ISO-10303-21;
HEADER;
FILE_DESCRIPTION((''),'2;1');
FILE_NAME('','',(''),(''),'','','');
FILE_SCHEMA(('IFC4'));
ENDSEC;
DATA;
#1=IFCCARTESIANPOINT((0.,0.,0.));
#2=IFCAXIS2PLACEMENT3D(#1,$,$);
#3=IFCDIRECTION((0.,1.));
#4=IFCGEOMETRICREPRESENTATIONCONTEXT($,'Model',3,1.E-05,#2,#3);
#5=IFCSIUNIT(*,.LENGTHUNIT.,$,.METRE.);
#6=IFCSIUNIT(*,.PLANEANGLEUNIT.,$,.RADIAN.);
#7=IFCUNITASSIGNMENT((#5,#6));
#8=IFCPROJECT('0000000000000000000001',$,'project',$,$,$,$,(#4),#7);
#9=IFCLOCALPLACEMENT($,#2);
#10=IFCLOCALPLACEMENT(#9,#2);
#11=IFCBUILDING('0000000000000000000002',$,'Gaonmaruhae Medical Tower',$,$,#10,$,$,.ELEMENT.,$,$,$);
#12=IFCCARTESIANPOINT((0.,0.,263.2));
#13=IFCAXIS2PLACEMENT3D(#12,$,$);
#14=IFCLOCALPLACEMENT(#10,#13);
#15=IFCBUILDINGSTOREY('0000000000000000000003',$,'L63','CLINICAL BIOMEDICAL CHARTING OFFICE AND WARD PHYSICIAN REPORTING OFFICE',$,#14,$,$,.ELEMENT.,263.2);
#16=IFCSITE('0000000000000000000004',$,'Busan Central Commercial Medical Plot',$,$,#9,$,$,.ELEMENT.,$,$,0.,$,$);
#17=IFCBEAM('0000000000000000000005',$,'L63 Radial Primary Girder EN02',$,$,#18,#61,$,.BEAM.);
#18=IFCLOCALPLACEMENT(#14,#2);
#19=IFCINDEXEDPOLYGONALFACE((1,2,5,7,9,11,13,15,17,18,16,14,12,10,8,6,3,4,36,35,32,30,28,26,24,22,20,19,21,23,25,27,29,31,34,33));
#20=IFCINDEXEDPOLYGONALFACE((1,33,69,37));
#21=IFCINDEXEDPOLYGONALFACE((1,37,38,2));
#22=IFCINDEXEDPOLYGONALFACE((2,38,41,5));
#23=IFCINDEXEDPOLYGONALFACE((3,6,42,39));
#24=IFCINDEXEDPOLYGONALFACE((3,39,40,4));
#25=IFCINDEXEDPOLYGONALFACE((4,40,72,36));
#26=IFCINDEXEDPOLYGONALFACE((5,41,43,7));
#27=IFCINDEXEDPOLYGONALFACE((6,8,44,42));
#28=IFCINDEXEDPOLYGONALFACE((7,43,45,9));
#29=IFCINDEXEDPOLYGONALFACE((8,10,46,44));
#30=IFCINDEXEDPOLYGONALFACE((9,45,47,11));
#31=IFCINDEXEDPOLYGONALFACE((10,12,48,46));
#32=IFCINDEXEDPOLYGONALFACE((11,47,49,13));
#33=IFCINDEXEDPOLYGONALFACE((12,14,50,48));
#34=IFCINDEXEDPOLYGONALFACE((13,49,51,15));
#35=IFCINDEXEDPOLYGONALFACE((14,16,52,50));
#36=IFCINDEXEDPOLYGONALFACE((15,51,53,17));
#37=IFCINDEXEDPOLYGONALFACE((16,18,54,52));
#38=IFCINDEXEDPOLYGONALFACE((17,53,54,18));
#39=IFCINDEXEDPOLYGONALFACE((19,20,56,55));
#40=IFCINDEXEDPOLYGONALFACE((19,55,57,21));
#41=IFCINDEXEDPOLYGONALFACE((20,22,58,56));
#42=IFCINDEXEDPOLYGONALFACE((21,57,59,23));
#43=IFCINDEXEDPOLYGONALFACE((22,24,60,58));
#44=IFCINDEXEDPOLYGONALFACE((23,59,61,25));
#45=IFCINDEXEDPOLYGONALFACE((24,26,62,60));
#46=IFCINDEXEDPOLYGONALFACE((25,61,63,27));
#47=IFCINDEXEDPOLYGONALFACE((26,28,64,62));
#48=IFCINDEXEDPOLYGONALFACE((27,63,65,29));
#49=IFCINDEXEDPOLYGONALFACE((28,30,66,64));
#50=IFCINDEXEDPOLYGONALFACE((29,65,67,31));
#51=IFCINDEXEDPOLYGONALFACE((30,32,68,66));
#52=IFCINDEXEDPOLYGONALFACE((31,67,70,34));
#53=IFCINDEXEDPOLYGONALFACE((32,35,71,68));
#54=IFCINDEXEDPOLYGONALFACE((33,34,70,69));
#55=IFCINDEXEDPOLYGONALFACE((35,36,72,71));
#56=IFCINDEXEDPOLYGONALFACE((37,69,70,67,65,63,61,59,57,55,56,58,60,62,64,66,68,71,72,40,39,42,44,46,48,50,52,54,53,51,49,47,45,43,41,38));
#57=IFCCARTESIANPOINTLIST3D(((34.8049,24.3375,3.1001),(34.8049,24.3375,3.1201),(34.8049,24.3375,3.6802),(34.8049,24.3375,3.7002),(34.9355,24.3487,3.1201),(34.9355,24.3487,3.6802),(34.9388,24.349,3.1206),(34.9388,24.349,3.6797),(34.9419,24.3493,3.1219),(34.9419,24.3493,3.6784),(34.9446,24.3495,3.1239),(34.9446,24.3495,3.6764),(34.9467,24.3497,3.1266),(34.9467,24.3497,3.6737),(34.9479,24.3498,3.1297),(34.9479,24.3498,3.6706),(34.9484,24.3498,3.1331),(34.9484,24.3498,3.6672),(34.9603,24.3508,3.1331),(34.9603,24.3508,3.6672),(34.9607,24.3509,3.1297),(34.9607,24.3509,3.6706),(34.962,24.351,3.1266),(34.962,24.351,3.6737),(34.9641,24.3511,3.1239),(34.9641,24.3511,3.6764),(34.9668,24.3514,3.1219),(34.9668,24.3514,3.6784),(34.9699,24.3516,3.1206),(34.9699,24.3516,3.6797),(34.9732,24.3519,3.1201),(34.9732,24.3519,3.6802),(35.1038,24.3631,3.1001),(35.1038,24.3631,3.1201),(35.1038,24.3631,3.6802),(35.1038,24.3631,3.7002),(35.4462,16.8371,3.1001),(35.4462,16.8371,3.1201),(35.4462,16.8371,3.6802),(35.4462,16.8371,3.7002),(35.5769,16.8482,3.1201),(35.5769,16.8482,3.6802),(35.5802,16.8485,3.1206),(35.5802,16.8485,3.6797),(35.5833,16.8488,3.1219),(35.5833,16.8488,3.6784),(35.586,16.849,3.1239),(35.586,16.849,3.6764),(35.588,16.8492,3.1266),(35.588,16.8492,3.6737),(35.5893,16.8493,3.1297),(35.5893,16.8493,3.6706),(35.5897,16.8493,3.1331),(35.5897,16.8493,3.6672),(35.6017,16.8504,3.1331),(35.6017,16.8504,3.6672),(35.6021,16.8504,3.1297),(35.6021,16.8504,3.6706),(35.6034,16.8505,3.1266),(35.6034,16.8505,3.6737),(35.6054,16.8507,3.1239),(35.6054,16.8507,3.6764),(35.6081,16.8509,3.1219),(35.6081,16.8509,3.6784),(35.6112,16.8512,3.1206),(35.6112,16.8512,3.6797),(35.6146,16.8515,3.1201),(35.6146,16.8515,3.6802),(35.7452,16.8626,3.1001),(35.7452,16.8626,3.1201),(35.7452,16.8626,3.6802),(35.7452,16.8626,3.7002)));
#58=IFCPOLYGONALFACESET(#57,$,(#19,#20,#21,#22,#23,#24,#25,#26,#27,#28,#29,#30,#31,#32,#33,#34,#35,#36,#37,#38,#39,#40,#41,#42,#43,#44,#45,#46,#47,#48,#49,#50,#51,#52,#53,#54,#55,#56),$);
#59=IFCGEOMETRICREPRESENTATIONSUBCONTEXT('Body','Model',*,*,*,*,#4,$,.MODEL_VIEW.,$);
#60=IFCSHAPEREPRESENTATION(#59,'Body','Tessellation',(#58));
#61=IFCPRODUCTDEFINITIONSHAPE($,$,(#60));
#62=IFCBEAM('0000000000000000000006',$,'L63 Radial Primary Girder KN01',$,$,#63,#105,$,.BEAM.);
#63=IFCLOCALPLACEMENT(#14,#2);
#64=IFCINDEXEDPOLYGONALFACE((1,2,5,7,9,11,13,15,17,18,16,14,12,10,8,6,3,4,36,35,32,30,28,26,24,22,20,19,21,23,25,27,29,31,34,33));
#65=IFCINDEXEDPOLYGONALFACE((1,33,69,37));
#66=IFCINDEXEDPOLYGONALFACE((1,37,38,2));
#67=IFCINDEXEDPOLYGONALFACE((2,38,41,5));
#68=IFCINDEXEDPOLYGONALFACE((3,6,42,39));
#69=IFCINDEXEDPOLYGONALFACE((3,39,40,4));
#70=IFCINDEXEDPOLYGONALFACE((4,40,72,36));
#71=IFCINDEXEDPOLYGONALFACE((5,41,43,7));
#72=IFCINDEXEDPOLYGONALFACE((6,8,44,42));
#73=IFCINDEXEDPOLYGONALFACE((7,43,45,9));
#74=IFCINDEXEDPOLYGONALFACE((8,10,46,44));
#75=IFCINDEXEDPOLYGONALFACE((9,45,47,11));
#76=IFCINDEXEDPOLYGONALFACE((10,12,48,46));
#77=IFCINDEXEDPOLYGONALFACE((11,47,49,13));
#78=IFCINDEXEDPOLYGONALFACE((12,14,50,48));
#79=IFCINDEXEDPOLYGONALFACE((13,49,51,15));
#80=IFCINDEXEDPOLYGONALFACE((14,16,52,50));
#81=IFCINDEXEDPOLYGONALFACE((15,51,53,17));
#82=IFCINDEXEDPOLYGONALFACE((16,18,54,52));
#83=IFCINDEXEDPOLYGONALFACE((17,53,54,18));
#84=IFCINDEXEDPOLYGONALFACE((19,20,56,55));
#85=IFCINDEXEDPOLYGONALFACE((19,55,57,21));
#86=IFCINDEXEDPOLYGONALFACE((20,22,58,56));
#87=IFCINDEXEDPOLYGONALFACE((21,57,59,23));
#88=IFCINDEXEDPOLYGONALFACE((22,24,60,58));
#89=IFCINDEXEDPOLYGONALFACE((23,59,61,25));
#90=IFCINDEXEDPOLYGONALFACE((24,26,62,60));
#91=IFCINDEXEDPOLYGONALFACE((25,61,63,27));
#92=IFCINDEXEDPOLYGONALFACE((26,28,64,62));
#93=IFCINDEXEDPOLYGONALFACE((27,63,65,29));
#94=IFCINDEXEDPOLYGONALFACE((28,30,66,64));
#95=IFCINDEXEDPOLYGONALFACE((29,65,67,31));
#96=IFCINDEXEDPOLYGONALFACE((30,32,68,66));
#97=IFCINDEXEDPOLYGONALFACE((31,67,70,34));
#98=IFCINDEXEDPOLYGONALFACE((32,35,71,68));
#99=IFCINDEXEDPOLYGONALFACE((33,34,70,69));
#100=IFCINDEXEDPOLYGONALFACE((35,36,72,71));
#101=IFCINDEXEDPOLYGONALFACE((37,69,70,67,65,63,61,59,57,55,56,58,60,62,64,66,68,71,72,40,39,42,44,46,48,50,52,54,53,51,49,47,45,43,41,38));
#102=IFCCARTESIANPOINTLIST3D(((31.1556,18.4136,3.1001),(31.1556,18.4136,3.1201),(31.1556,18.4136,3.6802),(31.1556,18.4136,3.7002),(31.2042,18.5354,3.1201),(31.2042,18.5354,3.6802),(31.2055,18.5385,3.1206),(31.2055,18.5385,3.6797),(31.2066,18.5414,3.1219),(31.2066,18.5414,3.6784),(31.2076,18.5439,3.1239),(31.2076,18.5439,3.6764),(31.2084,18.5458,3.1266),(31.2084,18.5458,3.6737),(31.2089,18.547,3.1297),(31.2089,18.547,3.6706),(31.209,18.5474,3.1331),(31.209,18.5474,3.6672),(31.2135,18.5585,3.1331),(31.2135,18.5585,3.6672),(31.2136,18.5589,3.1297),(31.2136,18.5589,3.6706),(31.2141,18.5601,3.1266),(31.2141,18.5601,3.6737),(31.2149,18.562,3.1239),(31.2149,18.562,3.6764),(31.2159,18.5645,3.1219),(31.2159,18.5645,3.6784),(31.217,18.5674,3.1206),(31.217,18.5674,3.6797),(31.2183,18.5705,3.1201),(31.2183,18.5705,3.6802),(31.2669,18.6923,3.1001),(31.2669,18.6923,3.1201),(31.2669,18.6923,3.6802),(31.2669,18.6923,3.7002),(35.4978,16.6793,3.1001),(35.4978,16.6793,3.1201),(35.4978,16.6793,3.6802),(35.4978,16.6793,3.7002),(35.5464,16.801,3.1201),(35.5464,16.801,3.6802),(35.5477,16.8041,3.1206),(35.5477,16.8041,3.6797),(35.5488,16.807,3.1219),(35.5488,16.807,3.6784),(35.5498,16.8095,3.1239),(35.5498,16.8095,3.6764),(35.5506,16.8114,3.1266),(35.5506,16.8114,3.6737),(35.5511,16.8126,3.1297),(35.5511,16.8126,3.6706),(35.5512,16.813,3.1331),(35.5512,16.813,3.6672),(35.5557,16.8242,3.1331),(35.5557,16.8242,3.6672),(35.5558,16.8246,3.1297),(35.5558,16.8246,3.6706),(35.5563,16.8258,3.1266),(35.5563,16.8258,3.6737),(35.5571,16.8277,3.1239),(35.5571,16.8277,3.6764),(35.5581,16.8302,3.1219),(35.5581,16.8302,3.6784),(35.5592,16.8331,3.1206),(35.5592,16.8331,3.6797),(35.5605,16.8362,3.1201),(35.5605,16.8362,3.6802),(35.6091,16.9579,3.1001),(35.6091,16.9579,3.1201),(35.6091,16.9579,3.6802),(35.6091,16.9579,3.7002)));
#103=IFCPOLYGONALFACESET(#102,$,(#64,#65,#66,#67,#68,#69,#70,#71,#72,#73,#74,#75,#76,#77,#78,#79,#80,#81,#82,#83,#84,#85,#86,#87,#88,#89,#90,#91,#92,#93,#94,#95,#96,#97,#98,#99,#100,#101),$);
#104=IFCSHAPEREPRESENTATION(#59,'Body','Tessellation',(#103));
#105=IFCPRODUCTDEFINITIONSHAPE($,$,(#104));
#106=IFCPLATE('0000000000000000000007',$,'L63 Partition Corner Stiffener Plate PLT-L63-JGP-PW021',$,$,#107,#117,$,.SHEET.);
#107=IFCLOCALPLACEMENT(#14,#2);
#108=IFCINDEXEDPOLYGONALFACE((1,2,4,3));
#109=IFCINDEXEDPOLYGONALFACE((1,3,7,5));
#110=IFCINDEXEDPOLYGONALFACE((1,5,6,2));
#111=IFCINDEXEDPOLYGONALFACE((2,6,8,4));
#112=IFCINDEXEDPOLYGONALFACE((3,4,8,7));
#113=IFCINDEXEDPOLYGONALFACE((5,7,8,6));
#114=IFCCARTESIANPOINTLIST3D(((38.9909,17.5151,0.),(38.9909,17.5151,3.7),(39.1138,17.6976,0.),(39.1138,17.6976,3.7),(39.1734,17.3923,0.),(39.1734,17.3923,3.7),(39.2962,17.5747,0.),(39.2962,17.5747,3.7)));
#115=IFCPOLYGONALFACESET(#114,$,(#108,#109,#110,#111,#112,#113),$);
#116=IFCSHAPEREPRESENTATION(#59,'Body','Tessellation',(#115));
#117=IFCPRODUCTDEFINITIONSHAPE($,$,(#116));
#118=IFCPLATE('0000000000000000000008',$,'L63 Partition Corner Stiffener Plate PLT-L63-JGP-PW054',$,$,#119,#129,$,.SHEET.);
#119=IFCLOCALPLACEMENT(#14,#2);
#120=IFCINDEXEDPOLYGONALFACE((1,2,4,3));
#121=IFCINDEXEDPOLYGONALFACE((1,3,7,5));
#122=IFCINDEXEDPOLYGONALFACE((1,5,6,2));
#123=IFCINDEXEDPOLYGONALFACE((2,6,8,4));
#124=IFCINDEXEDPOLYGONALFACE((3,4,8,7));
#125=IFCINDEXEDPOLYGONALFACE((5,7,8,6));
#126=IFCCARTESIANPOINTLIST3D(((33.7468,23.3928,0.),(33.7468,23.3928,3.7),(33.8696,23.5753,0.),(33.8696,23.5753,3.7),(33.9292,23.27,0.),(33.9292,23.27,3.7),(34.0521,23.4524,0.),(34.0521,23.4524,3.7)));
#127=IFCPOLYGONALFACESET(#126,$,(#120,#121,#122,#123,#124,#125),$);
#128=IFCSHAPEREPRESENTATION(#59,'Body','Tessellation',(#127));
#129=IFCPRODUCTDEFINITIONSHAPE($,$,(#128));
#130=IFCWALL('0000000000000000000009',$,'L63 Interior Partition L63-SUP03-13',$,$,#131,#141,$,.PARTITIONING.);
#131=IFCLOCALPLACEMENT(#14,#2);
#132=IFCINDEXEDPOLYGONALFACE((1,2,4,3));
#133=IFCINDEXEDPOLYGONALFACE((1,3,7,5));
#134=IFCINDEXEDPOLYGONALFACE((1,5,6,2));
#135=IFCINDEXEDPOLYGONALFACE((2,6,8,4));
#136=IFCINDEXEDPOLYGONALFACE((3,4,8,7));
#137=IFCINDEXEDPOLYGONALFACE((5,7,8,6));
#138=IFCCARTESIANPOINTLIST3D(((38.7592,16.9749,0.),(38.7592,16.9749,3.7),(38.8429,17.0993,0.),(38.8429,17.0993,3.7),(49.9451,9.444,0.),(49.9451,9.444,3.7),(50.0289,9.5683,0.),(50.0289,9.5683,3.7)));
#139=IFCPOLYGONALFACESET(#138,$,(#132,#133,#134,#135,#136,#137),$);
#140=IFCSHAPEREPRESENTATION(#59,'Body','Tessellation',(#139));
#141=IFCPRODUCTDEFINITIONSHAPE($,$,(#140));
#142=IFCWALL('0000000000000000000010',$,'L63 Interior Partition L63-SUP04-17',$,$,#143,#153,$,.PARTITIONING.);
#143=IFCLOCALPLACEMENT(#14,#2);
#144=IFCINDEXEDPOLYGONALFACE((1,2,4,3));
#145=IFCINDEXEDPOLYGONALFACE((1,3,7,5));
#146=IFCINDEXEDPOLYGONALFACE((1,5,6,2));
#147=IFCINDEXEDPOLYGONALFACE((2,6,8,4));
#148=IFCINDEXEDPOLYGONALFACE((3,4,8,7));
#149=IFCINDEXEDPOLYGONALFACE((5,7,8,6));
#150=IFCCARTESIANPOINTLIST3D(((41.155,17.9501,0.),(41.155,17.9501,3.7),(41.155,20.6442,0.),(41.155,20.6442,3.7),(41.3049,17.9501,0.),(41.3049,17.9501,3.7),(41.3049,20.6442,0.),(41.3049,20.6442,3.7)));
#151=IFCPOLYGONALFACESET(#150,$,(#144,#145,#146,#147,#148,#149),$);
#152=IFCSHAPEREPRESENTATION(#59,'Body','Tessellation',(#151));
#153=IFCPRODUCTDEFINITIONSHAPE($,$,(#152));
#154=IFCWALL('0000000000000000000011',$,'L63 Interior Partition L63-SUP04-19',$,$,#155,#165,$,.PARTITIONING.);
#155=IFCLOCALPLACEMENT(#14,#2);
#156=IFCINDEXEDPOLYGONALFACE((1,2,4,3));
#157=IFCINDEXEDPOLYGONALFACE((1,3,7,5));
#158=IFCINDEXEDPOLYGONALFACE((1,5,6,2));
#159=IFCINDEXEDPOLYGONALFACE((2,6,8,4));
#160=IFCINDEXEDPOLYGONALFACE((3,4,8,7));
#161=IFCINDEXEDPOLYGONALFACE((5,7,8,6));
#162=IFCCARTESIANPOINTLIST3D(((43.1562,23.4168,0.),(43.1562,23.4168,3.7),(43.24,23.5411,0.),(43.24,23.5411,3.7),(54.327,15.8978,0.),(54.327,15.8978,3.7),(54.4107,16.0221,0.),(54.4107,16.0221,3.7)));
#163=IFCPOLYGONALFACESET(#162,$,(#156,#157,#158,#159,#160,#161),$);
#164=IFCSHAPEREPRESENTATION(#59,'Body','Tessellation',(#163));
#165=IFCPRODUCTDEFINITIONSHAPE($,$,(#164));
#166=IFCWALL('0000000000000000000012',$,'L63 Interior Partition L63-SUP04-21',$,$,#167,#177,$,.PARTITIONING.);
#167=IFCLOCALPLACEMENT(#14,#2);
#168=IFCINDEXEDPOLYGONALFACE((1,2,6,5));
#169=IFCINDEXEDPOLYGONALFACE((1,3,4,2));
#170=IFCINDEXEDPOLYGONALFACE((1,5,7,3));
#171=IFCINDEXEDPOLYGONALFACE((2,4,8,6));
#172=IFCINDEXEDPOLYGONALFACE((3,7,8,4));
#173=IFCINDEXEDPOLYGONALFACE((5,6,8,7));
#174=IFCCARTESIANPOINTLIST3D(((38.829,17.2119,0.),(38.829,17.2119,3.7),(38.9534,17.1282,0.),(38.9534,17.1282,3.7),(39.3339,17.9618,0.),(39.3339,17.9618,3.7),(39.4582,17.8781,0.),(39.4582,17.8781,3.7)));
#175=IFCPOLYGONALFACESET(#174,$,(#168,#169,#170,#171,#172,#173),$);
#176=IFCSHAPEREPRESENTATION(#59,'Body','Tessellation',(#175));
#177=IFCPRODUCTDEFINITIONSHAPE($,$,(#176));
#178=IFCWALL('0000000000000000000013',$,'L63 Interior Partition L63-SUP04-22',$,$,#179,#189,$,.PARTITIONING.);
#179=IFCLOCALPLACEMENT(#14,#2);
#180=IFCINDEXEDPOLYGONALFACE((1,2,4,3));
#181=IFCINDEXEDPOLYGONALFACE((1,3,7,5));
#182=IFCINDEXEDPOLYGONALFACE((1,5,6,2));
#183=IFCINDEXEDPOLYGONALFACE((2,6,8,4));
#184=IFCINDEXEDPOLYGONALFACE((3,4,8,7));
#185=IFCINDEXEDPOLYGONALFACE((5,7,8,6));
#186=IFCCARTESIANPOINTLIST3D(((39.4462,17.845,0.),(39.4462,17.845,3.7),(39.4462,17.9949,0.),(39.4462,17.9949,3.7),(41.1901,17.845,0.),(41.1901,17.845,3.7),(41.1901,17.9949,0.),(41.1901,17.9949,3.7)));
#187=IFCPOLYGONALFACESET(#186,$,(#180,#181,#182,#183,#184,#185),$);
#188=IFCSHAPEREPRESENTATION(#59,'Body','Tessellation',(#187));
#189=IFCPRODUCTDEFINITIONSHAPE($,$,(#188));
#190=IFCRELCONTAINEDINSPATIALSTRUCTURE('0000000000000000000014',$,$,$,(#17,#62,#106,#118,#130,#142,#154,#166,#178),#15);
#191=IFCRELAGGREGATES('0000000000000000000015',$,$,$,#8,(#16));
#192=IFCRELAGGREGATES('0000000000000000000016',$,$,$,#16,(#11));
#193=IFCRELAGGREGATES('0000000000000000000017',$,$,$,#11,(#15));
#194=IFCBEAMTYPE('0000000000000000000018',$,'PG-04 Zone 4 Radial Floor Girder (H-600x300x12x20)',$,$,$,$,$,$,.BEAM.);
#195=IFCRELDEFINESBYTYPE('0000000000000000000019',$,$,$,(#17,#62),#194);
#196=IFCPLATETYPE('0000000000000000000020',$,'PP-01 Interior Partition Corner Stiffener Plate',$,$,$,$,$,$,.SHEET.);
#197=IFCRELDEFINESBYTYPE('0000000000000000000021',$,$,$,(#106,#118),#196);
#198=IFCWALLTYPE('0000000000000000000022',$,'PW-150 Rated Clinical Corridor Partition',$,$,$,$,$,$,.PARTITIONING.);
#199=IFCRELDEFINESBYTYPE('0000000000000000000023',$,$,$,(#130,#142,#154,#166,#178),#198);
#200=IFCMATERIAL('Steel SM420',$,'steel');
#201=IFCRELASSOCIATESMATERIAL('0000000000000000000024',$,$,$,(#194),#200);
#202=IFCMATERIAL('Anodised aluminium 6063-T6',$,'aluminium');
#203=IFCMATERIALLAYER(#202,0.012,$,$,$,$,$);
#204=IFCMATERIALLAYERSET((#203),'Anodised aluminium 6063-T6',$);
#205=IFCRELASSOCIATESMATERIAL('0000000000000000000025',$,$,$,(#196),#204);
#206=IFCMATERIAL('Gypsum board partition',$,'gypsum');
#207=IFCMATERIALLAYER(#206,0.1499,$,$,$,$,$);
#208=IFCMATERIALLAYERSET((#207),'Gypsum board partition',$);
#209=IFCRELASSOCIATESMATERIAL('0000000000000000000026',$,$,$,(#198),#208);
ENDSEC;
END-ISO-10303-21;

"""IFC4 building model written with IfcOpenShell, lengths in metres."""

from ifc_helpers import new_model, si_unit, direction, frame, frame_2d, origin, origin_2d, place, context, subcontext, project, spatial, rectangle, i_section, extrude, material, layer, layer_set, material_profile, profile_set, type_object, element, save


model = new_model("IFC4")

# Units and contexts
model_context = context("Model", 3, precision=1e-05, world=origin(), true_north=direction((0.0, 1.0)))
body_context = subcontext(model_context, "Body", "Model", "MODEL_VIEW")
ifc_project = project(units=[si_unit("LENGTHUNIT", "METRE"), si_unit("PLANEANGLEUNIT", "RADIAN")], contexts=[model_context])

# Site, building, storey
site_placement = place(None, origin())
site = spatial("IfcSite", under=ifc_project, at=site_placement, Name="Busan Central Commercial Medical Plot", CompositionType="ELEMENT", RefElevation=0.0)
building_placement = place(site_placement, origin())
building = spatial("IfcBuilding", under=site, at=building_placement, Name="Gaonmaruhae Medical Tower", CompositionType="ELEMENT")
storey_placement = place(building_placement, frame((0.0, 0.0, 263.2)))
storey = spatial("IfcBuildingStorey", under=building, at=storey_placement, Name="L63", Description="CLINICAL BIOMEDICAL CHARTING OFFICE AND WARD PHYSICIAN REPORTING OFFICE", CompositionType="ELEMENT", Elevation=263.2)

# Beams
ifc_material_1 = material(Name="Steel SM420", Category="steel")
ifc_material_profile_1 = material_profile(ifc_material_1, i_section(OverallWidth=0.3, OverallDepth=0.6001, WebThickness=0.012, FlangeThickness=0.02, FilletRadius=0.0129, at=origin_2d()), Name="H-600x300x12x20")
ifc_profile_set_1 = profile_set([ifc_material_profile_1], Name="Steel SM420")
beam_type_1 = type_object("IfcBeamType", Name="PG-04 Zone 4 Radial Floor Girder (H-600x300x12x20)", PredefinedType="BEAM", material=ifc_profile_set_1)
beam_1_placement = place(storey_placement, frame((35.5957, 16.8499, 3.4001), z_axis=(-0.085198, 0.996364, 0.0), x_axis=(-0.996364, -0.085198, 0.0)))
element("IfcBeam", 1, at=beam_1_placement, inside=storey, type_object=beam_type_1, Name="L63 Radial Primary Girder EN02", PredefinedType="BEAM", context=body_context, shape_type="SweptSolid", body=[
    extrude(i_section(OverallWidth=0.3, OverallDepth=0.6001, WebThickness=0.012, FlangeThickness=0.02, FilletRadius=0.0129, at=origin_2d()), origin(), (0.0, 0.0, 1.0), 7.5278),
])
beam_2_placement = place(storey_placement, frame((35.5535, 16.8186, 3.4001), z_axis=(-0.928664, 0.370923, 0.0), x_axis=(-0.370923, -0.928664, 0.0)))
element("IfcBeam", 2, at=beam_2_placement, inside=storey, type_object=beam_type_1, Name="L63 Radial Primary Girder KN01", PredefinedType="BEAM", context=body_context, shape_type="SweptSolid", body=[
    extrude(i_section(OverallWidth=0.3, OverallDepth=0.6001, WebThickness=0.012, FlangeThickness=0.02, FilletRadius=0.0129, at=origin_2d()), origin(), (0.0, 0.0, 1.0), 4.6758),
])

# Plates
ifc_material_2 = material(Name="Anodised aluminium 6063-T6", Category="aluminium")
ifc_layer_1 = layer(ifc_material_2, 0.012)
ifc_layer_set_1 = layer_set([ifc_layer_1], Name="Anodised aluminium 6063-T6")
plate_type = type_object("IfcPlateType", Name="PP-01 Interior Partition Corner Stiffener Plate", PredefinedType="SHEET", material=ifc_layer_set_1)
for number, where, z_axis, x_axis, name in (
    (3, (39.1436, 17.5449, 0.0), (0.0, 0.0, 1.0), (0.558527, 0.829486, 0.0), "L63 Partition Corner Stiffener Plate PLT-L63-JGP-PW021"),
    (4, (33.8994, 23.4226, 0.0), (0.0, 0.0, 1.0), (0.829564, -0.558411, 0.0), "L63 Partition Corner Stiffener Plate PLT-L63-JGP-PW054"),
):
    element("IfcPlate", number, at=place(storey_placement, frame(where, z_axis=z_axis, x_axis=x_axis)), inside=storey, type_object=plate_type, Name=name, PredefinedType="SHEET", context=body_context, shape_type="SweptSolid", body=[
        extrude(rectangle(XDim=0.22, YDim=0.22, at=origin_2d()), origin(), (0.0, 0.0, 1.0), 3.7),
    ])

# Walls
ifc_material_3 = material(Name="Gypsum board partition", Category="gypsum")
ifc_layer_2 = layer(ifc_material_3, 0.1499)
ifc_layer_set_2 = layer_set([ifc_layer_2], Name="Gypsum board partition")
wall_type = type_object("IfcWallType", Name="PW-150 Rated Clinical Corridor Partition", PredefinedType="PARTITIONING", material=ifc_layer_set_2)
wall_1_placement = place(storey_placement, frame((38.801, 17.0371, 0.0), z_axis=(0.0, 0.0, 1.0), x_axis=(0.829521, -0.558476, 0.0)))
element("IfcWall", 5, at=wall_1_placement, inside=storey, type_object=wall_type, Name="L63 Interior Partition L63-SUP03-13", PredefinedType="PARTITIONING", context=body_context, shape_type="SweptSolid", body=[
    extrude(rectangle(XDim=13.4849, YDim=0.1499, at=frame_2d((6.7424, 0.0))), origin(), (0.0, 0.0, 1.0), 3.7),
])
wall_2_placement = place(storey_placement, frame((41.23, 17.95, 0.0), z_axis=(0.0, 0.0, 1.0), x_axis=(0.0, 1.0, 0.0)))
element("IfcWall", 6, at=wall_2_placement, inside=storey, type_object=wall_type, Name="L63 Interior Partition L63-SUP04-17", PredefinedType="PARTITIONING", context=body_context, shape_type="SweptSolid", body=[
    extrude(rectangle(XDim=2.6941, YDim=0.1499, at=frame_2d((1.3472, 0.0))), origin(), (0.0, 0.0, 1.0), 3.7),
])

# Walls
wall_3_placement = place(storey_placement, frame((43.198, 23.479, 0.0), z_axis=(0.0, 0.0, 1.0), x_axis=(0.829582, -0.558385, 0.0)))
element("IfcWall", 7, at=wall_3_placement, inside=storey, type_object=wall_type, Name="L63 Interior Partition L63-SUP04-19", PredefinedType="PARTITIONING", context=body_context, shape_type="SweptSolid", body=[
    extrude(rectangle(XDim=13.4656, YDim=0.1499, at=frame_2d((6.7329, 0.0))), origin(), (0.0, 0.0, 1.0), 3.7),
])
wall_4_placement = place(storey_placement, frame((38.8911, 17.1699, 0.0), z_axis=(0.0, 0.0, 1.0), x_axis=(0.558434, 0.829549, 0.0)))
element("IfcWall", 8, at=wall_4_placement, inside=storey, type_object=wall_type, Name="L63 Interior Partition L63-SUP04-21", PredefinedType="PARTITIONING", context=body_context, shape_type="SweptSolid", body=[
    extrude(rectangle(XDim=0.9041, YDim=0.1499, at=frame_2d((0.4521, 0.0))), origin(), (0.0, 0.0, 1.0), 3.7),
])
wall_5_placement = place(storey_placement, frame((39.446, 17.9199, 0.0), z_axis=(0.0, 0.0, 1.0), x_axis=(1.0, 0.0, 0.0)))
element("IfcWall", 9, at=wall_5_placement, inside=storey, type_object=wall_type, Name="L63 Interior Partition L63-SUP04-22", PredefinedType="PARTITIONING", context=body_context, shape_type="SweptSolid", body=[
    extrude(rectangle(XDim=1.7439, YDim=0.1499, at=frame_2d((0.8721, 0.0))), origin(), (0.0, 0.0, 1.0), 3.7),
])

save(model, "model.ifc")
